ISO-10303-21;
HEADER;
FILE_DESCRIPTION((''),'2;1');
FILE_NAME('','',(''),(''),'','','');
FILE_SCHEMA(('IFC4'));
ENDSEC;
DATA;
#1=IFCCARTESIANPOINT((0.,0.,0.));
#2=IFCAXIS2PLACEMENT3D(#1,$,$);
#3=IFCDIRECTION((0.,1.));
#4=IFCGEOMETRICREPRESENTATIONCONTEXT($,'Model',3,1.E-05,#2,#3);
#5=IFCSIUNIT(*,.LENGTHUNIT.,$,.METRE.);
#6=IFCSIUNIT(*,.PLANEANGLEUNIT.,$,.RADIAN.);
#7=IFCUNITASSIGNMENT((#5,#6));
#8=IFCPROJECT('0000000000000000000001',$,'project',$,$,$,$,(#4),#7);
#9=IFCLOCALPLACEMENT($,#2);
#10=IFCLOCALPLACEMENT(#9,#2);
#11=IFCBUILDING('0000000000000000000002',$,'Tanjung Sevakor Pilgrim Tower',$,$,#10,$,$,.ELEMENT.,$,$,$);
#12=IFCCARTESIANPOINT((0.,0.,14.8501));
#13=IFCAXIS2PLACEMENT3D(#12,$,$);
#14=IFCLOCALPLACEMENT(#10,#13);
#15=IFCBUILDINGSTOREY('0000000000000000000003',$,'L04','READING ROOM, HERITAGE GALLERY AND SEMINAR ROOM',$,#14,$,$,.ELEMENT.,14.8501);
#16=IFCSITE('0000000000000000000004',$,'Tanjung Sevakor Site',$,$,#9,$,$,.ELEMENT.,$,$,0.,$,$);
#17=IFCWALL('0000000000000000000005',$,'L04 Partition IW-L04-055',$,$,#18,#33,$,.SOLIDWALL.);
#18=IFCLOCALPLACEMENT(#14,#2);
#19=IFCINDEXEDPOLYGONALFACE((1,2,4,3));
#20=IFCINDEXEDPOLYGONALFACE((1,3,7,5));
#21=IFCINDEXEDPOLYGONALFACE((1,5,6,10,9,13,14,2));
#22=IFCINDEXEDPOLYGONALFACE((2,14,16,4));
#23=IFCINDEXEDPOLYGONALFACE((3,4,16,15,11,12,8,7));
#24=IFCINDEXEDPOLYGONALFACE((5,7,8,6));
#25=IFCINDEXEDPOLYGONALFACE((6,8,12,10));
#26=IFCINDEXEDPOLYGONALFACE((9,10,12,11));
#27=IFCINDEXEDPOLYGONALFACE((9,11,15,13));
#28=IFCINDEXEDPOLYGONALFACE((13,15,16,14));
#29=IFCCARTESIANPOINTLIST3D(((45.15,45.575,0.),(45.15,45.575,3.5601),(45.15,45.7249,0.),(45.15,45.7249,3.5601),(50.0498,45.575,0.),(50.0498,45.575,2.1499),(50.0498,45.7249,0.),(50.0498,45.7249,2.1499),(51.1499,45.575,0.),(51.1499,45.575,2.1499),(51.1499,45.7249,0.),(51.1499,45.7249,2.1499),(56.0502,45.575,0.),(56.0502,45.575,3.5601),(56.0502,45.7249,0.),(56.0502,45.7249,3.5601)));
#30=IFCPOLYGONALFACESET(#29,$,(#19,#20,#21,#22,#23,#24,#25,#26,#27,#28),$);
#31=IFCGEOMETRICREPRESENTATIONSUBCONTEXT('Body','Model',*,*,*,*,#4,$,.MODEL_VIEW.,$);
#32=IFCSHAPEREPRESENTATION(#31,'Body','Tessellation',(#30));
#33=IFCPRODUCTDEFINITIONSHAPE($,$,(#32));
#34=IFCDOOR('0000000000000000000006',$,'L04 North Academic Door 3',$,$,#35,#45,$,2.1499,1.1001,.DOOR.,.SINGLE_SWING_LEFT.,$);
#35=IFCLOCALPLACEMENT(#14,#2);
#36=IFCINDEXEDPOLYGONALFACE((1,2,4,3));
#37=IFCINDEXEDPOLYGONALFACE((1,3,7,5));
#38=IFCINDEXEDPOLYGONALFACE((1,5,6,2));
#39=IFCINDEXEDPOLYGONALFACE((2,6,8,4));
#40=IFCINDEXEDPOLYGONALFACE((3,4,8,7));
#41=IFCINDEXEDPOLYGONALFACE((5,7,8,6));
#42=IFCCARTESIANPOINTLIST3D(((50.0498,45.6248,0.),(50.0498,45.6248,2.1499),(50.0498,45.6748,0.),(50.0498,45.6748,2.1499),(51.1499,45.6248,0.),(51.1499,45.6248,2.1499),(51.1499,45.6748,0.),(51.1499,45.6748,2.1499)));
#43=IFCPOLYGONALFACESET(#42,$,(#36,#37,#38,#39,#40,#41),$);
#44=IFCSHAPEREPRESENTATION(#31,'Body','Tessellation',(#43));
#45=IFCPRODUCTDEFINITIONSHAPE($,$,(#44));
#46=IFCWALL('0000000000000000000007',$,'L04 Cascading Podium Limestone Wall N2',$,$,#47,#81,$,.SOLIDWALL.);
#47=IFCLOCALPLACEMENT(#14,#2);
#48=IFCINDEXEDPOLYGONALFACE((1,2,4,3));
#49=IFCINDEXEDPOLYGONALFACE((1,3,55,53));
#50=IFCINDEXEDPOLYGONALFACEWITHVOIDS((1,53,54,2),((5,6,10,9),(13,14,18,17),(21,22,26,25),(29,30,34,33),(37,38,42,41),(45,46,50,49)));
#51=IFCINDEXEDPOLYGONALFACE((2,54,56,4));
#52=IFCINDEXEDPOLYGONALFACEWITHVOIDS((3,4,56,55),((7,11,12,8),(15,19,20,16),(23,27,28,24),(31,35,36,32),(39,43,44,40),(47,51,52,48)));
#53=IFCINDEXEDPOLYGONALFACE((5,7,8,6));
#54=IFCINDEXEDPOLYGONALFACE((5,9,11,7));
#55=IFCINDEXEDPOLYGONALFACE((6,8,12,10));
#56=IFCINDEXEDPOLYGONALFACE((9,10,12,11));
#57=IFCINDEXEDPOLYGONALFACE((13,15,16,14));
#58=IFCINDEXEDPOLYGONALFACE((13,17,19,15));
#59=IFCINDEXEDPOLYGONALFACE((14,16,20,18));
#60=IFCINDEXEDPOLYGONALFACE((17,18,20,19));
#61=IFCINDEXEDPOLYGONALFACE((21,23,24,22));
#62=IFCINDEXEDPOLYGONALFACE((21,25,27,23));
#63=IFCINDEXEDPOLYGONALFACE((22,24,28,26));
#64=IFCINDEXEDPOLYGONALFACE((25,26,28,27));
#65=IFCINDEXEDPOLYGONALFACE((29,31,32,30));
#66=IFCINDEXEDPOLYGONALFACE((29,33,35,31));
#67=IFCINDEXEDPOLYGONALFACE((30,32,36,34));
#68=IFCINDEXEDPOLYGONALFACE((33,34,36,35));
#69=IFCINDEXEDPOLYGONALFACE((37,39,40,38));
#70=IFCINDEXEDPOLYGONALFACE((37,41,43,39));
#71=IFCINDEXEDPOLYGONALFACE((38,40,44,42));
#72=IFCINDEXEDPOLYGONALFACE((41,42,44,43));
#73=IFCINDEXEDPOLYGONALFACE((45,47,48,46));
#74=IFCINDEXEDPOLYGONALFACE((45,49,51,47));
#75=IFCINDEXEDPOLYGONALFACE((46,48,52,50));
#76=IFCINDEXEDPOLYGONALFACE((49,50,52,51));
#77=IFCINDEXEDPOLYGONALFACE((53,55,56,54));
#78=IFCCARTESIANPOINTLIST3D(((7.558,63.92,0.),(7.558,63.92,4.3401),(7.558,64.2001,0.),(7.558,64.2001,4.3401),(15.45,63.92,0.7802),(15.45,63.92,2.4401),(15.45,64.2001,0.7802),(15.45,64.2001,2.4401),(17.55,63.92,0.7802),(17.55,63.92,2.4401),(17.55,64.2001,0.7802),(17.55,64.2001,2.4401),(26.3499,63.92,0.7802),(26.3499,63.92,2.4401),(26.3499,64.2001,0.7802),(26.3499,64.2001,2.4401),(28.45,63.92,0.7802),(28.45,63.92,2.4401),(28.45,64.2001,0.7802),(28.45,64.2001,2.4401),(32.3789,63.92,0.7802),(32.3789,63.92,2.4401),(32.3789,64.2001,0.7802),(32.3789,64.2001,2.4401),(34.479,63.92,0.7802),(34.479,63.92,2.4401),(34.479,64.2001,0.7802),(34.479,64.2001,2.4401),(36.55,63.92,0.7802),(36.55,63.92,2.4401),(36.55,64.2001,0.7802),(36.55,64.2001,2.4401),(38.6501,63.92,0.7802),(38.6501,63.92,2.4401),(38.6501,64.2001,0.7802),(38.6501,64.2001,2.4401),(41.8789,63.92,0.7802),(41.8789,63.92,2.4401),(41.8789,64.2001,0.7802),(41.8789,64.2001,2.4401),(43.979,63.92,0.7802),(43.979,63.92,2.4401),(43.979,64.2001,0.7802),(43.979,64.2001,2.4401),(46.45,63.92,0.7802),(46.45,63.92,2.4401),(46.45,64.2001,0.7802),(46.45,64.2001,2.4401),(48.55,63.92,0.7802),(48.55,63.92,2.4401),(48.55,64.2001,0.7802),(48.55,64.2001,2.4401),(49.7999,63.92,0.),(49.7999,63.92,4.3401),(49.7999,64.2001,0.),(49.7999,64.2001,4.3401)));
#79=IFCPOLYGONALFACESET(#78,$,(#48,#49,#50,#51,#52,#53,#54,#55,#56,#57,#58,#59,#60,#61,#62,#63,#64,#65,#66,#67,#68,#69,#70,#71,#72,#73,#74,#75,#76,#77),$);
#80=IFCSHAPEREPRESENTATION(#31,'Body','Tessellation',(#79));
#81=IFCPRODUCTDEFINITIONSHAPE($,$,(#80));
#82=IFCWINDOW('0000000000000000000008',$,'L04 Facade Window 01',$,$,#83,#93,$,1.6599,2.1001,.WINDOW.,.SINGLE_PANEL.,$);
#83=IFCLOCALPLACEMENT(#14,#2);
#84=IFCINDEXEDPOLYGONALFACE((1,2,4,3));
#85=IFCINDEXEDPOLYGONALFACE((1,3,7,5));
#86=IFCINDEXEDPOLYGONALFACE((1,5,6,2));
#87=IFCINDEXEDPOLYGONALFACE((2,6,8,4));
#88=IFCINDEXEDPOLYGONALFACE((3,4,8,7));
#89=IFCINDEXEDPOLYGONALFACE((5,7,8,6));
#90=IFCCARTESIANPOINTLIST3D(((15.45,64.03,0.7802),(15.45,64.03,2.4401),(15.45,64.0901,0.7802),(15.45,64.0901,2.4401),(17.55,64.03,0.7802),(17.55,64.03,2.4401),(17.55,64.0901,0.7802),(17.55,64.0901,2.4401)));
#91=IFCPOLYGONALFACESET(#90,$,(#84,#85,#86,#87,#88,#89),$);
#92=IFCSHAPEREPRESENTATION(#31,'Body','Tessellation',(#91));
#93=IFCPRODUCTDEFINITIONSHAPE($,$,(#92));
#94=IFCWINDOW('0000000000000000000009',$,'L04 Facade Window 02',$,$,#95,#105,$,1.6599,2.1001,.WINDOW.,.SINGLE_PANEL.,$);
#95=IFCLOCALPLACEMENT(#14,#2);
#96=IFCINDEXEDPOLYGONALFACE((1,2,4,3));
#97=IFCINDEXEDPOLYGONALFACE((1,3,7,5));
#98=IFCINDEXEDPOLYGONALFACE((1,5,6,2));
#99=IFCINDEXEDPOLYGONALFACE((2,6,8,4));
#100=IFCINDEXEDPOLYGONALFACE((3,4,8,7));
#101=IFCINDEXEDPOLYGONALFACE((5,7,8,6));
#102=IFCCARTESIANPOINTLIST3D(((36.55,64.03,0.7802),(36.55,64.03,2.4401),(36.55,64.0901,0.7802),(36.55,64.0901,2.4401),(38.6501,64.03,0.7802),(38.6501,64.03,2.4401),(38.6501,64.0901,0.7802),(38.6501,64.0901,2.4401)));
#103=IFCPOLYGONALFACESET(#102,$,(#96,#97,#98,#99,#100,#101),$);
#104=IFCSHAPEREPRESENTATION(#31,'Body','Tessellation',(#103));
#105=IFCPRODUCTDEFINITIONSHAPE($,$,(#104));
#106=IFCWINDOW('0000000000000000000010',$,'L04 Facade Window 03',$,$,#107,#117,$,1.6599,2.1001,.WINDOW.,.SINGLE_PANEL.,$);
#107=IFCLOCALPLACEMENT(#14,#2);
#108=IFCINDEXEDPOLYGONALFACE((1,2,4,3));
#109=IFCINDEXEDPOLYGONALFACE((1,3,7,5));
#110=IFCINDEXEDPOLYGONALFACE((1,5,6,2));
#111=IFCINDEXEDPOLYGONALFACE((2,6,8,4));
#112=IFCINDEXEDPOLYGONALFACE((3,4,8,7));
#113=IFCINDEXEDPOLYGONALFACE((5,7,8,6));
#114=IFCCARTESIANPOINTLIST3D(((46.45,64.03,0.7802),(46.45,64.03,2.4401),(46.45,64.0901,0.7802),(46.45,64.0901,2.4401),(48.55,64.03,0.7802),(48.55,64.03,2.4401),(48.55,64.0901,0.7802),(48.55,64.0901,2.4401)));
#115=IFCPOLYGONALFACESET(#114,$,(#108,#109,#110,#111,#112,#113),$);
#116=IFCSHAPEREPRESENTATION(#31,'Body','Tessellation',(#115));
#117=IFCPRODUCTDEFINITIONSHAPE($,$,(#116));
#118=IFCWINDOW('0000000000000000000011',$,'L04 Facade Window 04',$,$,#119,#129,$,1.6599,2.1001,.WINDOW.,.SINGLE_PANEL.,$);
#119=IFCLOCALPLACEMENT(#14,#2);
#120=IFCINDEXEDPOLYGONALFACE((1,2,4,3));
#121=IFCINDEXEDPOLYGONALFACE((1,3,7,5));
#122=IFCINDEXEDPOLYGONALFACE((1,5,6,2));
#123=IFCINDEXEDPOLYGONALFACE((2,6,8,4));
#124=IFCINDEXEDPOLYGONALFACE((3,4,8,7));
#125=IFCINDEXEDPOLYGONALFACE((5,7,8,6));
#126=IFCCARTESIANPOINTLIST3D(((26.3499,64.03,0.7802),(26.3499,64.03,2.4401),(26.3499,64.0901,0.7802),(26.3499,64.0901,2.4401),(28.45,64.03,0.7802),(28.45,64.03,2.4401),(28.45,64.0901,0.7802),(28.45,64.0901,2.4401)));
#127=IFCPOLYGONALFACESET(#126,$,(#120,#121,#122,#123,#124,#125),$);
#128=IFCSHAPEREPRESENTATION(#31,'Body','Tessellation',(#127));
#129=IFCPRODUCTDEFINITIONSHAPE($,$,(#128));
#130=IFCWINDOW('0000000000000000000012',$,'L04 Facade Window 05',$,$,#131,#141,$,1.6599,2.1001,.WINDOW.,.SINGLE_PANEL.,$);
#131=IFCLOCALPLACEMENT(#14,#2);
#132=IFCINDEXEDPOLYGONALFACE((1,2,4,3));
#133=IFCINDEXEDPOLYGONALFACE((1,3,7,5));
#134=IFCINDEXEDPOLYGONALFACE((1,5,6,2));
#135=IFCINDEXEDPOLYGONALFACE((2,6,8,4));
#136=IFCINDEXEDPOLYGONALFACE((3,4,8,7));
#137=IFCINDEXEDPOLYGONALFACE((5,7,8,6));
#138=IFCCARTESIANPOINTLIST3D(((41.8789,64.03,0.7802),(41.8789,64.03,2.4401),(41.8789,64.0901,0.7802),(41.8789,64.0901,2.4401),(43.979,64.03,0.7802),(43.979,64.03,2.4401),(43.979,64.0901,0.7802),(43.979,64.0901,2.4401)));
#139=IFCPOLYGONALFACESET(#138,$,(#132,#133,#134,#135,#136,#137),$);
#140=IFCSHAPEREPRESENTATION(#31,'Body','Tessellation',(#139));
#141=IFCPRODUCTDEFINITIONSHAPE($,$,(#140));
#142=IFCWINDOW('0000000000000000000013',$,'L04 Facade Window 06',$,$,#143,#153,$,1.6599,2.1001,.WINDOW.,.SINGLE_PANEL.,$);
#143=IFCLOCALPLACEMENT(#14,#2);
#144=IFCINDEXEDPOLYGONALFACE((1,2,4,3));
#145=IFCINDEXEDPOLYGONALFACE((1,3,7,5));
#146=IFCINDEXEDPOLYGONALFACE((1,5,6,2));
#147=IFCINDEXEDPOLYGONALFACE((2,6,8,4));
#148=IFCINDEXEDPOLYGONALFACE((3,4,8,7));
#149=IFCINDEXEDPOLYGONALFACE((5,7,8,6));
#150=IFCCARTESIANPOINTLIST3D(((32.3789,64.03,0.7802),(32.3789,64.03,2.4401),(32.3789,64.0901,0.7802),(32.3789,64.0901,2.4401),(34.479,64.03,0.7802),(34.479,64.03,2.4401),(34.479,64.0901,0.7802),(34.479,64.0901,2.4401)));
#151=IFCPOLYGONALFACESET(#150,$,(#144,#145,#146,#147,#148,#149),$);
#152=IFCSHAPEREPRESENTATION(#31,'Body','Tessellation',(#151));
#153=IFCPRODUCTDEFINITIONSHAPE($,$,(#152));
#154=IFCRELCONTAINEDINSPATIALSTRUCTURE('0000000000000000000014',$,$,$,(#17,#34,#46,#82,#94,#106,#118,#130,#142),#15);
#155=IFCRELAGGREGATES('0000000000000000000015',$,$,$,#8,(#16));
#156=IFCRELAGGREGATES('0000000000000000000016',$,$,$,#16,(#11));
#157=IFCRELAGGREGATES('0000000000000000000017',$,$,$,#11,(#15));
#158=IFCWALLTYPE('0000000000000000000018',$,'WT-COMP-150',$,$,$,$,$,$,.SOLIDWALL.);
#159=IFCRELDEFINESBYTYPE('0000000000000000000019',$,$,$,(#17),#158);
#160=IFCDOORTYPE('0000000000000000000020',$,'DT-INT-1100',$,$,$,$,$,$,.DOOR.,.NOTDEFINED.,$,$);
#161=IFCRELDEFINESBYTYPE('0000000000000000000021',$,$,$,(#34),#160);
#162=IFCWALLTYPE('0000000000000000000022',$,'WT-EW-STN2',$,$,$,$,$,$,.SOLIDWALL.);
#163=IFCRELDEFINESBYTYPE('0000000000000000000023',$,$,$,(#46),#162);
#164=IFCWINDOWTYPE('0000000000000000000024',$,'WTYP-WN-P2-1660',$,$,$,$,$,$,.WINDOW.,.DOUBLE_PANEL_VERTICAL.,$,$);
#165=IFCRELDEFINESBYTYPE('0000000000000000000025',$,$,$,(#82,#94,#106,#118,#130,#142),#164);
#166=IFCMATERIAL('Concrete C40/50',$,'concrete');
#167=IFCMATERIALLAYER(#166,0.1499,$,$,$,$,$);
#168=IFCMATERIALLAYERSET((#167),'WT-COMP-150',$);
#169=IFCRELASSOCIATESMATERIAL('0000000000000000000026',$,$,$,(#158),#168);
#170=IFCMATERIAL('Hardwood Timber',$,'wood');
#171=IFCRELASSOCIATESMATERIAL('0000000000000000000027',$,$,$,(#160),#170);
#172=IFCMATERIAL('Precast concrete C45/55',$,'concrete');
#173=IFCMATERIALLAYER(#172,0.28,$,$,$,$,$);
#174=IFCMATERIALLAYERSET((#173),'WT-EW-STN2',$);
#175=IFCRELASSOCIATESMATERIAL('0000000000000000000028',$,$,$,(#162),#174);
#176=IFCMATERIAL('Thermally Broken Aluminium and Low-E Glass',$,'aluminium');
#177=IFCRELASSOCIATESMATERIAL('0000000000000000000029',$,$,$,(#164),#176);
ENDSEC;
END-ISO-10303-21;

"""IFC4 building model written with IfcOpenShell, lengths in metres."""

from ifc_helpers import new_model, si_unit, direction, frame, frame_2d, origin, place, context, subcontext, project, spatial, rectangle, extrude, material, layer, layer_set, type_object, element, fill, save


model = new_model("IFC4")

# Units and contexts
model_context = context("Model", 3, precision=1e-05, world=origin(), true_north=direction((0.0, 1.0)))
body_context = subcontext(model_context, "Body", "Model", "MODEL_VIEW")
ifc_project = project(units=[si_unit("LENGTHUNIT", "METRE"), si_unit("PLANEANGLEUNIT", "RADIAN")], contexts=[model_context])

# Site, building, storey
site_placement = place(None, origin())
site = spatial("IfcSite", under=ifc_project, at=site_placement, Name="Tanjung Sevakor Site", CompositionType="ELEMENT", RefElevation=0.0)
building_placement = place(site_placement, origin())
building = spatial("IfcBuilding", under=site, at=building_placement, Name="Tanjung Sevakor Pilgrim Tower", CompositionType="ELEMENT")
storey_placement = place(building_placement, frame((0.0, 0.0, 14.8501)))
storey = spatial("IfcBuildingStorey", under=building, at=storey_placement, Name="L04", Description="READING ROOM, HERITAGE GALLERY AND SEMINAR ROOM", CompositionType="ELEMENT", Elevation=14.8501)

# Shared definitions
ifc_material_1 = material(Name="Concrete C40/50", Category="concrete")
ifc_layer_1 = layer(ifc_material_1, 0.1499)
ifc_layer_set_1 = layer_set([ifc_layer_1], Name="WT-COMP-150")
wall_type_1 = type_object("IfcWallType", Name="WT-COMP-150", PredefinedType="SOLIDWALL", material=ifc_layer_set_1)

# Wall, opening, door
wall_1_placement = place(storey_placement, frame((45.1499, 45.6499, 0.0), z_axis=(0.0, 0.0, 1.0), x_axis=(1.0, 0.0, 0.0)))
wall_1 = element("IfcWall", 1, at=wall_1_placement, inside=storey, type_object=wall_type_1, Name="L04 Partition IW-L04-055", PredefinedType="SOLIDWALL", context=body_context, shape_type="SweptSolid", body=[
    extrude(rectangle(XDim=10.9001, YDim=0.1499, at=frame_2d((5.4502, 0.0))), origin(), (0.0, 0.0, 1.0), 3.5601),
])
opening_1_placement = place(wall_1_placement, frame((4.8999, 0.0, 0.0)))
opening_1 = element("IfcOpeningElement", 2, at=opening_1_placement, cuts=wall_1, PredefinedType="OPENING", context=body_context, shape_type="SweptSolid", body=[
    extrude(rectangle(XDim=1.1001, YDim=2.1499, at=frame_2d((0.55, 1.075))), frame((0.0, 0.085, 0.0), z_axis=(0.0, -1.0, 0.0), x_axis=(1.0, 0.0, 0.0)), (0.0, 0.0, 1.0), 0.1699),
])
ifc_material_2 = material(Name="Hardwood Timber", Category="wood")
door_type = type_object("IfcDoorType", Name="DT-INT-1100", OperationType="NOTDEFINED", PredefinedType="DOOR", material=ifc_material_2)
door_placement = place(opening_1_placement, origin())
door = element("IfcDoor", 3, at=door_placement, inside=storey, type_object=door_type, Name="L04 North Academic Door 3", OperationType="SINGLE_SWING_LEFT", OverallHeight=2.1499, OverallWidth=1.1001, PredefinedType="DOOR", context=body_context, shape_type="SweptSolid", body=[
    extrude(rectangle(XDim=1.1001, YDim=2.1499, at=frame_2d((0.55, 1.075))), frame((0.0, 0.0249, 0.0), z_axis=(0.0, -1.0, 0.0), x_axis=(1.0, 0.0, 0.0)), (0.0, 0.0, 1.0), 0.05),
])
fill(opening_1, door)

# Wall, openings, windows
ifc_material_3 = material(Name="Precast concrete C45/55", Category="concrete")
ifc_layer_2 = layer(ifc_material_3, 0.28)
ifc_layer_set_2 = layer_set([ifc_layer_2], Name="WT-EW-STN2")
wall_type_2 = type_object("IfcWallType", Name="WT-EW-STN2", PredefinedType="SOLIDWALL", material=ifc_layer_set_2)
wall_2_placement = place(storey_placement, frame((49.8, 64.0601, 0.0), z_axis=(0.0, 0.0, 1.0), x_axis=(-1.0, 0.0, 0.0)))
wall_2 = element("IfcWall", 4, at=wall_2_placement, inside=storey, type_object=wall_type_2, Name="L04 Cascading Podium Limestone Wall N2", PredefinedType="SOLIDWALL", context=body_context, shape_type="SweptSolid", body=[
    extrude(rectangle(XDim=42.2419, YDim=0.28, at=frame_2d((21.1211, 0.0))), origin(), (0.0, 0.0, 1.0), 4.3401),
])
opening_2_placement = place(wall_2_placement, frame((32.25, 0.0, 0.78)))
opening_2 = element("IfcOpeningElement", 5, at=opening_2_placement, cuts=wall_2, PredefinedType="OPENING", context=body_context, shape_type="SweptSolid", body=[
    extrude(rectangle(XDim=2.1001, YDim=1.6599, at=frame_2d((1.05, 0.8301))), frame((0.0, 0.1499, 0.0), z_axis=(0.0, -1.0, 0.0), x_axis=(1.0, 0.0, 0.0)), (0.0, 0.0, 1.0), 0.3),
])
opening_3_placement = place(wall_2_placement, frame((11.1499, 0.0, 0.78)))
opening_3 = element("IfcOpeningElement", 6, at=opening_3_placement, cuts=wall_2, PredefinedType="OPENING", context=body_context, shape_type="SweptSolid", body=[
    extrude(rectangle(XDim=2.1001, YDim=1.6599, at=frame_2d((1.05, 0.8301))), frame((0.0, 0.1499, 0.0), z_axis=(0.0, -1.0, 0.0), x_axis=(1.0, 0.0, 0.0)), (0.0, 0.0, 1.0), 0.3),
])
opening_4_placement = place(wall_2_placement, frame((1.25, 0.0, 0.78)))
opening_4 = element("IfcOpeningElement", 7, at=opening_4_placement, cuts=wall_2, PredefinedType="OPENING", context=body_context, shape_type="SweptSolid", body=[
    extrude(rectangle(XDim=2.1001, YDim=1.6599, at=frame_2d((1.05, 0.8301))), frame((0.0, 0.1499, 0.0), z_axis=(0.0, -1.0, 0.0), x_axis=(1.0, 0.0, 0.0)), (0.0, 0.0, 1.0), 0.3),
])
opening_5_placement = place(wall_2_placement, frame((21.3501, 0.0, 0.78)))
opening_5 = element("IfcOpeningElement", 8, at=opening_5_placement, cuts=wall_2, PredefinedType="OPENING", context=body_context, shape_type="SweptSolid", body=[
    extrude(rectangle(XDim=2.1001, YDim=1.6599, at=frame_2d((1.05, 0.8301))), frame((0.0, 0.1499, 0.0), z_axis=(0.0, -1.0, 0.0), x_axis=(1.0, 0.0, 0.0)), (0.0, 0.0, 1.0), 0.3),
])
opening_6_placement = place(wall_2_placement, frame((5.821, 0.0, 0.78)))
opening_6 = element("IfcOpeningElement", 9, at=opening_6_placement, cuts=wall_2, PredefinedType="OPENING", context=body_context, shape_type="SweptSolid", body=[
    extrude(rectangle(XDim=2.1001, YDim=1.6599, at=frame_2d((1.05, 0.8301))), frame((0.0, 0.1499, 0.0), z_axis=(0.0, -1.0, 0.0), x_axis=(1.0, 0.0, 0.0)), (0.0, 0.0, 1.0), 0.3),
])
opening_7_placement = place(wall_2_placement, frame((15.321, 0.0, 0.78)))
opening_7 = element("IfcOpeningElement", 10, at=opening_7_placement, cuts=wall_2, PredefinedType="OPENING", context=body_context, shape_type="SweptSolid", body=[
    extrude(rectangle(XDim=2.1001, YDim=1.6599, at=frame_2d((1.05, 0.8301))), frame((0.0, 0.1499, 0.0), z_axis=(0.0, -1.0, 0.0), x_axis=(1.0, 0.0, 0.0)), (0.0, 0.0, 1.0), 0.3),
])
ifc_material_4 = material(Name="Thermally Broken Aluminium and Low-E Glass", Category="aluminium")
window_type = type_object("IfcWindowType", Name="WTYP-WN-P2-1660", PartitioningType="DOUBLE_PANEL_VERTICAL", PredefinedType="WINDOW", material=ifc_material_4)
window_1_placement = place(opening_2_placement, origin())
window_1 = element("IfcWindow", 11, at=window_1_placement, inside=storey, type_object=window_type, Name="L04 Facade Window 01", OverallHeight=1.6599, OverallWidth=2.1001, PartitioningType="SINGLE_PANEL", PredefinedType="WINDOW", context=body_context, shape_type="SweptSolid", body=[
    extrude(rectangle(XDim=2.1001, YDim=1.6599, at=frame_2d((1.05, 0.8301))), frame((0.0, 0.03, 0.0), z_axis=(0.0, -1.0, 0.0), x_axis=(1.0, 0.0, 0.0)), (0.0, 0.0, 1.0), 0.0601),
])
fill(opening_2, window_1)
window_2_placement = place(opening_3_placement, origin())
window_2 = element("IfcWindow", 12, at=window_2_placement, inside=storey, type_object=window_type, Name="L04 Facade Window 02", OverallHeight=1.6599, OverallWidth=2.1001, PartitioningType="SINGLE_PANEL", PredefinedType="WINDOW", context=body_context, shape_type="SweptSolid", body=[
    extrude(rectangle(XDim=2.1001, YDim=1.6599, at=frame_2d((1.05, 0.8301))), frame((0.0, 0.03, 0.0), z_axis=(0.0, -1.0, 0.0), x_axis=(1.0, 0.0, 0.0)), (0.0, 0.0, 1.0), 0.0601),
])
fill(opening_3, window_2)
window_3_placement = place(opening_4_placement, origin())
window_3 = element("IfcWindow", 13, at=window_3_placement, inside=storey, type_object=window_type, Name="L04 Facade Window 03", OverallHeight=1.6599, OverallWidth=2.1001, PartitioningType="SINGLE_PANEL", PredefinedType="WINDOW", context=body_context, shape_type="SweptSolid", body=[
    extrude(rectangle(XDim=2.1001, YDim=1.6599, at=frame_2d((1.05, 0.8301))), frame((0.0, 0.03, 0.0), z_axis=(0.0, -1.0, 0.0), x_axis=(1.0, 0.0, 0.0)), (0.0, 0.0, 1.0), 0.0601),
])
fill(opening_4, window_3)
window_4_placement = place(opening_5_placement, origin())
window_4 = element("IfcWindow", 14, at=window_4_placement, inside=storey, type_object=window_type, Name="L04 Facade Window 04", OverallHeight=1.6599, OverallWidth=2.1001, PartitioningType="SINGLE_PANEL", PredefinedType="WINDOW", context=body_context, shape_type="SweptSolid", body=[
    extrude(rectangle(XDim=2.1001, YDim=1.6599, at=frame_2d((1.05, 0.8301))), frame((0.0, 0.03, 0.0), z_axis=(0.0, -1.0, 0.0), x_axis=(1.0, 0.0, 0.0)), (0.0, 0.0, 1.0), 0.0601),
])
fill(opening_5, window_4)
window_5_placement = place(opening_6_placement, origin())
window_5 = element("IfcWindow", 15, at=window_5_placement, inside=storey, type_object=window_type, Name="L04 Facade Window 05", OverallHeight=1.6599, OverallWidth=2.1001, PartitioningType="SINGLE_PANEL", PredefinedType="WINDOW", context=body_context, shape_type="SweptSolid", body=[
    extrude(rectangle(XDim=2.1001, YDim=1.6599, at=frame_2d((1.05, 0.8301))), frame((0.0, 0.03, 0.0), z_axis=(0.0, -1.0, 0.0), x_axis=(1.0, 0.0, 0.0)), (0.0, 0.0, 1.0), 0.0601),
])
fill(opening_6, window_5)
window_6_placement = place(opening_7_placement, origin())
window_6 = element("IfcWindow", 16, at=window_6_placement, inside=storey, type_object=window_type, Name="L04 Facade Window 06", OverallHeight=1.6599, OverallWidth=2.1001, PartitioningType="SINGLE_PANEL", PredefinedType="WINDOW", context=body_context, shape_type="SweptSolid", body=[
    extrude(rectangle(XDim=2.1001, YDim=1.6599, at=frame_2d((1.05, 0.8301))), frame((0.0, 0.03, 0.0), z_axis=(0.0, -1.0, 0.0), x_axis=(1.0, 0.0, 0.0)), (0.0, 0.0, 1.0), 0.0601),
])
fill(opening_7, window_6)

save(model, "model.ifc")
